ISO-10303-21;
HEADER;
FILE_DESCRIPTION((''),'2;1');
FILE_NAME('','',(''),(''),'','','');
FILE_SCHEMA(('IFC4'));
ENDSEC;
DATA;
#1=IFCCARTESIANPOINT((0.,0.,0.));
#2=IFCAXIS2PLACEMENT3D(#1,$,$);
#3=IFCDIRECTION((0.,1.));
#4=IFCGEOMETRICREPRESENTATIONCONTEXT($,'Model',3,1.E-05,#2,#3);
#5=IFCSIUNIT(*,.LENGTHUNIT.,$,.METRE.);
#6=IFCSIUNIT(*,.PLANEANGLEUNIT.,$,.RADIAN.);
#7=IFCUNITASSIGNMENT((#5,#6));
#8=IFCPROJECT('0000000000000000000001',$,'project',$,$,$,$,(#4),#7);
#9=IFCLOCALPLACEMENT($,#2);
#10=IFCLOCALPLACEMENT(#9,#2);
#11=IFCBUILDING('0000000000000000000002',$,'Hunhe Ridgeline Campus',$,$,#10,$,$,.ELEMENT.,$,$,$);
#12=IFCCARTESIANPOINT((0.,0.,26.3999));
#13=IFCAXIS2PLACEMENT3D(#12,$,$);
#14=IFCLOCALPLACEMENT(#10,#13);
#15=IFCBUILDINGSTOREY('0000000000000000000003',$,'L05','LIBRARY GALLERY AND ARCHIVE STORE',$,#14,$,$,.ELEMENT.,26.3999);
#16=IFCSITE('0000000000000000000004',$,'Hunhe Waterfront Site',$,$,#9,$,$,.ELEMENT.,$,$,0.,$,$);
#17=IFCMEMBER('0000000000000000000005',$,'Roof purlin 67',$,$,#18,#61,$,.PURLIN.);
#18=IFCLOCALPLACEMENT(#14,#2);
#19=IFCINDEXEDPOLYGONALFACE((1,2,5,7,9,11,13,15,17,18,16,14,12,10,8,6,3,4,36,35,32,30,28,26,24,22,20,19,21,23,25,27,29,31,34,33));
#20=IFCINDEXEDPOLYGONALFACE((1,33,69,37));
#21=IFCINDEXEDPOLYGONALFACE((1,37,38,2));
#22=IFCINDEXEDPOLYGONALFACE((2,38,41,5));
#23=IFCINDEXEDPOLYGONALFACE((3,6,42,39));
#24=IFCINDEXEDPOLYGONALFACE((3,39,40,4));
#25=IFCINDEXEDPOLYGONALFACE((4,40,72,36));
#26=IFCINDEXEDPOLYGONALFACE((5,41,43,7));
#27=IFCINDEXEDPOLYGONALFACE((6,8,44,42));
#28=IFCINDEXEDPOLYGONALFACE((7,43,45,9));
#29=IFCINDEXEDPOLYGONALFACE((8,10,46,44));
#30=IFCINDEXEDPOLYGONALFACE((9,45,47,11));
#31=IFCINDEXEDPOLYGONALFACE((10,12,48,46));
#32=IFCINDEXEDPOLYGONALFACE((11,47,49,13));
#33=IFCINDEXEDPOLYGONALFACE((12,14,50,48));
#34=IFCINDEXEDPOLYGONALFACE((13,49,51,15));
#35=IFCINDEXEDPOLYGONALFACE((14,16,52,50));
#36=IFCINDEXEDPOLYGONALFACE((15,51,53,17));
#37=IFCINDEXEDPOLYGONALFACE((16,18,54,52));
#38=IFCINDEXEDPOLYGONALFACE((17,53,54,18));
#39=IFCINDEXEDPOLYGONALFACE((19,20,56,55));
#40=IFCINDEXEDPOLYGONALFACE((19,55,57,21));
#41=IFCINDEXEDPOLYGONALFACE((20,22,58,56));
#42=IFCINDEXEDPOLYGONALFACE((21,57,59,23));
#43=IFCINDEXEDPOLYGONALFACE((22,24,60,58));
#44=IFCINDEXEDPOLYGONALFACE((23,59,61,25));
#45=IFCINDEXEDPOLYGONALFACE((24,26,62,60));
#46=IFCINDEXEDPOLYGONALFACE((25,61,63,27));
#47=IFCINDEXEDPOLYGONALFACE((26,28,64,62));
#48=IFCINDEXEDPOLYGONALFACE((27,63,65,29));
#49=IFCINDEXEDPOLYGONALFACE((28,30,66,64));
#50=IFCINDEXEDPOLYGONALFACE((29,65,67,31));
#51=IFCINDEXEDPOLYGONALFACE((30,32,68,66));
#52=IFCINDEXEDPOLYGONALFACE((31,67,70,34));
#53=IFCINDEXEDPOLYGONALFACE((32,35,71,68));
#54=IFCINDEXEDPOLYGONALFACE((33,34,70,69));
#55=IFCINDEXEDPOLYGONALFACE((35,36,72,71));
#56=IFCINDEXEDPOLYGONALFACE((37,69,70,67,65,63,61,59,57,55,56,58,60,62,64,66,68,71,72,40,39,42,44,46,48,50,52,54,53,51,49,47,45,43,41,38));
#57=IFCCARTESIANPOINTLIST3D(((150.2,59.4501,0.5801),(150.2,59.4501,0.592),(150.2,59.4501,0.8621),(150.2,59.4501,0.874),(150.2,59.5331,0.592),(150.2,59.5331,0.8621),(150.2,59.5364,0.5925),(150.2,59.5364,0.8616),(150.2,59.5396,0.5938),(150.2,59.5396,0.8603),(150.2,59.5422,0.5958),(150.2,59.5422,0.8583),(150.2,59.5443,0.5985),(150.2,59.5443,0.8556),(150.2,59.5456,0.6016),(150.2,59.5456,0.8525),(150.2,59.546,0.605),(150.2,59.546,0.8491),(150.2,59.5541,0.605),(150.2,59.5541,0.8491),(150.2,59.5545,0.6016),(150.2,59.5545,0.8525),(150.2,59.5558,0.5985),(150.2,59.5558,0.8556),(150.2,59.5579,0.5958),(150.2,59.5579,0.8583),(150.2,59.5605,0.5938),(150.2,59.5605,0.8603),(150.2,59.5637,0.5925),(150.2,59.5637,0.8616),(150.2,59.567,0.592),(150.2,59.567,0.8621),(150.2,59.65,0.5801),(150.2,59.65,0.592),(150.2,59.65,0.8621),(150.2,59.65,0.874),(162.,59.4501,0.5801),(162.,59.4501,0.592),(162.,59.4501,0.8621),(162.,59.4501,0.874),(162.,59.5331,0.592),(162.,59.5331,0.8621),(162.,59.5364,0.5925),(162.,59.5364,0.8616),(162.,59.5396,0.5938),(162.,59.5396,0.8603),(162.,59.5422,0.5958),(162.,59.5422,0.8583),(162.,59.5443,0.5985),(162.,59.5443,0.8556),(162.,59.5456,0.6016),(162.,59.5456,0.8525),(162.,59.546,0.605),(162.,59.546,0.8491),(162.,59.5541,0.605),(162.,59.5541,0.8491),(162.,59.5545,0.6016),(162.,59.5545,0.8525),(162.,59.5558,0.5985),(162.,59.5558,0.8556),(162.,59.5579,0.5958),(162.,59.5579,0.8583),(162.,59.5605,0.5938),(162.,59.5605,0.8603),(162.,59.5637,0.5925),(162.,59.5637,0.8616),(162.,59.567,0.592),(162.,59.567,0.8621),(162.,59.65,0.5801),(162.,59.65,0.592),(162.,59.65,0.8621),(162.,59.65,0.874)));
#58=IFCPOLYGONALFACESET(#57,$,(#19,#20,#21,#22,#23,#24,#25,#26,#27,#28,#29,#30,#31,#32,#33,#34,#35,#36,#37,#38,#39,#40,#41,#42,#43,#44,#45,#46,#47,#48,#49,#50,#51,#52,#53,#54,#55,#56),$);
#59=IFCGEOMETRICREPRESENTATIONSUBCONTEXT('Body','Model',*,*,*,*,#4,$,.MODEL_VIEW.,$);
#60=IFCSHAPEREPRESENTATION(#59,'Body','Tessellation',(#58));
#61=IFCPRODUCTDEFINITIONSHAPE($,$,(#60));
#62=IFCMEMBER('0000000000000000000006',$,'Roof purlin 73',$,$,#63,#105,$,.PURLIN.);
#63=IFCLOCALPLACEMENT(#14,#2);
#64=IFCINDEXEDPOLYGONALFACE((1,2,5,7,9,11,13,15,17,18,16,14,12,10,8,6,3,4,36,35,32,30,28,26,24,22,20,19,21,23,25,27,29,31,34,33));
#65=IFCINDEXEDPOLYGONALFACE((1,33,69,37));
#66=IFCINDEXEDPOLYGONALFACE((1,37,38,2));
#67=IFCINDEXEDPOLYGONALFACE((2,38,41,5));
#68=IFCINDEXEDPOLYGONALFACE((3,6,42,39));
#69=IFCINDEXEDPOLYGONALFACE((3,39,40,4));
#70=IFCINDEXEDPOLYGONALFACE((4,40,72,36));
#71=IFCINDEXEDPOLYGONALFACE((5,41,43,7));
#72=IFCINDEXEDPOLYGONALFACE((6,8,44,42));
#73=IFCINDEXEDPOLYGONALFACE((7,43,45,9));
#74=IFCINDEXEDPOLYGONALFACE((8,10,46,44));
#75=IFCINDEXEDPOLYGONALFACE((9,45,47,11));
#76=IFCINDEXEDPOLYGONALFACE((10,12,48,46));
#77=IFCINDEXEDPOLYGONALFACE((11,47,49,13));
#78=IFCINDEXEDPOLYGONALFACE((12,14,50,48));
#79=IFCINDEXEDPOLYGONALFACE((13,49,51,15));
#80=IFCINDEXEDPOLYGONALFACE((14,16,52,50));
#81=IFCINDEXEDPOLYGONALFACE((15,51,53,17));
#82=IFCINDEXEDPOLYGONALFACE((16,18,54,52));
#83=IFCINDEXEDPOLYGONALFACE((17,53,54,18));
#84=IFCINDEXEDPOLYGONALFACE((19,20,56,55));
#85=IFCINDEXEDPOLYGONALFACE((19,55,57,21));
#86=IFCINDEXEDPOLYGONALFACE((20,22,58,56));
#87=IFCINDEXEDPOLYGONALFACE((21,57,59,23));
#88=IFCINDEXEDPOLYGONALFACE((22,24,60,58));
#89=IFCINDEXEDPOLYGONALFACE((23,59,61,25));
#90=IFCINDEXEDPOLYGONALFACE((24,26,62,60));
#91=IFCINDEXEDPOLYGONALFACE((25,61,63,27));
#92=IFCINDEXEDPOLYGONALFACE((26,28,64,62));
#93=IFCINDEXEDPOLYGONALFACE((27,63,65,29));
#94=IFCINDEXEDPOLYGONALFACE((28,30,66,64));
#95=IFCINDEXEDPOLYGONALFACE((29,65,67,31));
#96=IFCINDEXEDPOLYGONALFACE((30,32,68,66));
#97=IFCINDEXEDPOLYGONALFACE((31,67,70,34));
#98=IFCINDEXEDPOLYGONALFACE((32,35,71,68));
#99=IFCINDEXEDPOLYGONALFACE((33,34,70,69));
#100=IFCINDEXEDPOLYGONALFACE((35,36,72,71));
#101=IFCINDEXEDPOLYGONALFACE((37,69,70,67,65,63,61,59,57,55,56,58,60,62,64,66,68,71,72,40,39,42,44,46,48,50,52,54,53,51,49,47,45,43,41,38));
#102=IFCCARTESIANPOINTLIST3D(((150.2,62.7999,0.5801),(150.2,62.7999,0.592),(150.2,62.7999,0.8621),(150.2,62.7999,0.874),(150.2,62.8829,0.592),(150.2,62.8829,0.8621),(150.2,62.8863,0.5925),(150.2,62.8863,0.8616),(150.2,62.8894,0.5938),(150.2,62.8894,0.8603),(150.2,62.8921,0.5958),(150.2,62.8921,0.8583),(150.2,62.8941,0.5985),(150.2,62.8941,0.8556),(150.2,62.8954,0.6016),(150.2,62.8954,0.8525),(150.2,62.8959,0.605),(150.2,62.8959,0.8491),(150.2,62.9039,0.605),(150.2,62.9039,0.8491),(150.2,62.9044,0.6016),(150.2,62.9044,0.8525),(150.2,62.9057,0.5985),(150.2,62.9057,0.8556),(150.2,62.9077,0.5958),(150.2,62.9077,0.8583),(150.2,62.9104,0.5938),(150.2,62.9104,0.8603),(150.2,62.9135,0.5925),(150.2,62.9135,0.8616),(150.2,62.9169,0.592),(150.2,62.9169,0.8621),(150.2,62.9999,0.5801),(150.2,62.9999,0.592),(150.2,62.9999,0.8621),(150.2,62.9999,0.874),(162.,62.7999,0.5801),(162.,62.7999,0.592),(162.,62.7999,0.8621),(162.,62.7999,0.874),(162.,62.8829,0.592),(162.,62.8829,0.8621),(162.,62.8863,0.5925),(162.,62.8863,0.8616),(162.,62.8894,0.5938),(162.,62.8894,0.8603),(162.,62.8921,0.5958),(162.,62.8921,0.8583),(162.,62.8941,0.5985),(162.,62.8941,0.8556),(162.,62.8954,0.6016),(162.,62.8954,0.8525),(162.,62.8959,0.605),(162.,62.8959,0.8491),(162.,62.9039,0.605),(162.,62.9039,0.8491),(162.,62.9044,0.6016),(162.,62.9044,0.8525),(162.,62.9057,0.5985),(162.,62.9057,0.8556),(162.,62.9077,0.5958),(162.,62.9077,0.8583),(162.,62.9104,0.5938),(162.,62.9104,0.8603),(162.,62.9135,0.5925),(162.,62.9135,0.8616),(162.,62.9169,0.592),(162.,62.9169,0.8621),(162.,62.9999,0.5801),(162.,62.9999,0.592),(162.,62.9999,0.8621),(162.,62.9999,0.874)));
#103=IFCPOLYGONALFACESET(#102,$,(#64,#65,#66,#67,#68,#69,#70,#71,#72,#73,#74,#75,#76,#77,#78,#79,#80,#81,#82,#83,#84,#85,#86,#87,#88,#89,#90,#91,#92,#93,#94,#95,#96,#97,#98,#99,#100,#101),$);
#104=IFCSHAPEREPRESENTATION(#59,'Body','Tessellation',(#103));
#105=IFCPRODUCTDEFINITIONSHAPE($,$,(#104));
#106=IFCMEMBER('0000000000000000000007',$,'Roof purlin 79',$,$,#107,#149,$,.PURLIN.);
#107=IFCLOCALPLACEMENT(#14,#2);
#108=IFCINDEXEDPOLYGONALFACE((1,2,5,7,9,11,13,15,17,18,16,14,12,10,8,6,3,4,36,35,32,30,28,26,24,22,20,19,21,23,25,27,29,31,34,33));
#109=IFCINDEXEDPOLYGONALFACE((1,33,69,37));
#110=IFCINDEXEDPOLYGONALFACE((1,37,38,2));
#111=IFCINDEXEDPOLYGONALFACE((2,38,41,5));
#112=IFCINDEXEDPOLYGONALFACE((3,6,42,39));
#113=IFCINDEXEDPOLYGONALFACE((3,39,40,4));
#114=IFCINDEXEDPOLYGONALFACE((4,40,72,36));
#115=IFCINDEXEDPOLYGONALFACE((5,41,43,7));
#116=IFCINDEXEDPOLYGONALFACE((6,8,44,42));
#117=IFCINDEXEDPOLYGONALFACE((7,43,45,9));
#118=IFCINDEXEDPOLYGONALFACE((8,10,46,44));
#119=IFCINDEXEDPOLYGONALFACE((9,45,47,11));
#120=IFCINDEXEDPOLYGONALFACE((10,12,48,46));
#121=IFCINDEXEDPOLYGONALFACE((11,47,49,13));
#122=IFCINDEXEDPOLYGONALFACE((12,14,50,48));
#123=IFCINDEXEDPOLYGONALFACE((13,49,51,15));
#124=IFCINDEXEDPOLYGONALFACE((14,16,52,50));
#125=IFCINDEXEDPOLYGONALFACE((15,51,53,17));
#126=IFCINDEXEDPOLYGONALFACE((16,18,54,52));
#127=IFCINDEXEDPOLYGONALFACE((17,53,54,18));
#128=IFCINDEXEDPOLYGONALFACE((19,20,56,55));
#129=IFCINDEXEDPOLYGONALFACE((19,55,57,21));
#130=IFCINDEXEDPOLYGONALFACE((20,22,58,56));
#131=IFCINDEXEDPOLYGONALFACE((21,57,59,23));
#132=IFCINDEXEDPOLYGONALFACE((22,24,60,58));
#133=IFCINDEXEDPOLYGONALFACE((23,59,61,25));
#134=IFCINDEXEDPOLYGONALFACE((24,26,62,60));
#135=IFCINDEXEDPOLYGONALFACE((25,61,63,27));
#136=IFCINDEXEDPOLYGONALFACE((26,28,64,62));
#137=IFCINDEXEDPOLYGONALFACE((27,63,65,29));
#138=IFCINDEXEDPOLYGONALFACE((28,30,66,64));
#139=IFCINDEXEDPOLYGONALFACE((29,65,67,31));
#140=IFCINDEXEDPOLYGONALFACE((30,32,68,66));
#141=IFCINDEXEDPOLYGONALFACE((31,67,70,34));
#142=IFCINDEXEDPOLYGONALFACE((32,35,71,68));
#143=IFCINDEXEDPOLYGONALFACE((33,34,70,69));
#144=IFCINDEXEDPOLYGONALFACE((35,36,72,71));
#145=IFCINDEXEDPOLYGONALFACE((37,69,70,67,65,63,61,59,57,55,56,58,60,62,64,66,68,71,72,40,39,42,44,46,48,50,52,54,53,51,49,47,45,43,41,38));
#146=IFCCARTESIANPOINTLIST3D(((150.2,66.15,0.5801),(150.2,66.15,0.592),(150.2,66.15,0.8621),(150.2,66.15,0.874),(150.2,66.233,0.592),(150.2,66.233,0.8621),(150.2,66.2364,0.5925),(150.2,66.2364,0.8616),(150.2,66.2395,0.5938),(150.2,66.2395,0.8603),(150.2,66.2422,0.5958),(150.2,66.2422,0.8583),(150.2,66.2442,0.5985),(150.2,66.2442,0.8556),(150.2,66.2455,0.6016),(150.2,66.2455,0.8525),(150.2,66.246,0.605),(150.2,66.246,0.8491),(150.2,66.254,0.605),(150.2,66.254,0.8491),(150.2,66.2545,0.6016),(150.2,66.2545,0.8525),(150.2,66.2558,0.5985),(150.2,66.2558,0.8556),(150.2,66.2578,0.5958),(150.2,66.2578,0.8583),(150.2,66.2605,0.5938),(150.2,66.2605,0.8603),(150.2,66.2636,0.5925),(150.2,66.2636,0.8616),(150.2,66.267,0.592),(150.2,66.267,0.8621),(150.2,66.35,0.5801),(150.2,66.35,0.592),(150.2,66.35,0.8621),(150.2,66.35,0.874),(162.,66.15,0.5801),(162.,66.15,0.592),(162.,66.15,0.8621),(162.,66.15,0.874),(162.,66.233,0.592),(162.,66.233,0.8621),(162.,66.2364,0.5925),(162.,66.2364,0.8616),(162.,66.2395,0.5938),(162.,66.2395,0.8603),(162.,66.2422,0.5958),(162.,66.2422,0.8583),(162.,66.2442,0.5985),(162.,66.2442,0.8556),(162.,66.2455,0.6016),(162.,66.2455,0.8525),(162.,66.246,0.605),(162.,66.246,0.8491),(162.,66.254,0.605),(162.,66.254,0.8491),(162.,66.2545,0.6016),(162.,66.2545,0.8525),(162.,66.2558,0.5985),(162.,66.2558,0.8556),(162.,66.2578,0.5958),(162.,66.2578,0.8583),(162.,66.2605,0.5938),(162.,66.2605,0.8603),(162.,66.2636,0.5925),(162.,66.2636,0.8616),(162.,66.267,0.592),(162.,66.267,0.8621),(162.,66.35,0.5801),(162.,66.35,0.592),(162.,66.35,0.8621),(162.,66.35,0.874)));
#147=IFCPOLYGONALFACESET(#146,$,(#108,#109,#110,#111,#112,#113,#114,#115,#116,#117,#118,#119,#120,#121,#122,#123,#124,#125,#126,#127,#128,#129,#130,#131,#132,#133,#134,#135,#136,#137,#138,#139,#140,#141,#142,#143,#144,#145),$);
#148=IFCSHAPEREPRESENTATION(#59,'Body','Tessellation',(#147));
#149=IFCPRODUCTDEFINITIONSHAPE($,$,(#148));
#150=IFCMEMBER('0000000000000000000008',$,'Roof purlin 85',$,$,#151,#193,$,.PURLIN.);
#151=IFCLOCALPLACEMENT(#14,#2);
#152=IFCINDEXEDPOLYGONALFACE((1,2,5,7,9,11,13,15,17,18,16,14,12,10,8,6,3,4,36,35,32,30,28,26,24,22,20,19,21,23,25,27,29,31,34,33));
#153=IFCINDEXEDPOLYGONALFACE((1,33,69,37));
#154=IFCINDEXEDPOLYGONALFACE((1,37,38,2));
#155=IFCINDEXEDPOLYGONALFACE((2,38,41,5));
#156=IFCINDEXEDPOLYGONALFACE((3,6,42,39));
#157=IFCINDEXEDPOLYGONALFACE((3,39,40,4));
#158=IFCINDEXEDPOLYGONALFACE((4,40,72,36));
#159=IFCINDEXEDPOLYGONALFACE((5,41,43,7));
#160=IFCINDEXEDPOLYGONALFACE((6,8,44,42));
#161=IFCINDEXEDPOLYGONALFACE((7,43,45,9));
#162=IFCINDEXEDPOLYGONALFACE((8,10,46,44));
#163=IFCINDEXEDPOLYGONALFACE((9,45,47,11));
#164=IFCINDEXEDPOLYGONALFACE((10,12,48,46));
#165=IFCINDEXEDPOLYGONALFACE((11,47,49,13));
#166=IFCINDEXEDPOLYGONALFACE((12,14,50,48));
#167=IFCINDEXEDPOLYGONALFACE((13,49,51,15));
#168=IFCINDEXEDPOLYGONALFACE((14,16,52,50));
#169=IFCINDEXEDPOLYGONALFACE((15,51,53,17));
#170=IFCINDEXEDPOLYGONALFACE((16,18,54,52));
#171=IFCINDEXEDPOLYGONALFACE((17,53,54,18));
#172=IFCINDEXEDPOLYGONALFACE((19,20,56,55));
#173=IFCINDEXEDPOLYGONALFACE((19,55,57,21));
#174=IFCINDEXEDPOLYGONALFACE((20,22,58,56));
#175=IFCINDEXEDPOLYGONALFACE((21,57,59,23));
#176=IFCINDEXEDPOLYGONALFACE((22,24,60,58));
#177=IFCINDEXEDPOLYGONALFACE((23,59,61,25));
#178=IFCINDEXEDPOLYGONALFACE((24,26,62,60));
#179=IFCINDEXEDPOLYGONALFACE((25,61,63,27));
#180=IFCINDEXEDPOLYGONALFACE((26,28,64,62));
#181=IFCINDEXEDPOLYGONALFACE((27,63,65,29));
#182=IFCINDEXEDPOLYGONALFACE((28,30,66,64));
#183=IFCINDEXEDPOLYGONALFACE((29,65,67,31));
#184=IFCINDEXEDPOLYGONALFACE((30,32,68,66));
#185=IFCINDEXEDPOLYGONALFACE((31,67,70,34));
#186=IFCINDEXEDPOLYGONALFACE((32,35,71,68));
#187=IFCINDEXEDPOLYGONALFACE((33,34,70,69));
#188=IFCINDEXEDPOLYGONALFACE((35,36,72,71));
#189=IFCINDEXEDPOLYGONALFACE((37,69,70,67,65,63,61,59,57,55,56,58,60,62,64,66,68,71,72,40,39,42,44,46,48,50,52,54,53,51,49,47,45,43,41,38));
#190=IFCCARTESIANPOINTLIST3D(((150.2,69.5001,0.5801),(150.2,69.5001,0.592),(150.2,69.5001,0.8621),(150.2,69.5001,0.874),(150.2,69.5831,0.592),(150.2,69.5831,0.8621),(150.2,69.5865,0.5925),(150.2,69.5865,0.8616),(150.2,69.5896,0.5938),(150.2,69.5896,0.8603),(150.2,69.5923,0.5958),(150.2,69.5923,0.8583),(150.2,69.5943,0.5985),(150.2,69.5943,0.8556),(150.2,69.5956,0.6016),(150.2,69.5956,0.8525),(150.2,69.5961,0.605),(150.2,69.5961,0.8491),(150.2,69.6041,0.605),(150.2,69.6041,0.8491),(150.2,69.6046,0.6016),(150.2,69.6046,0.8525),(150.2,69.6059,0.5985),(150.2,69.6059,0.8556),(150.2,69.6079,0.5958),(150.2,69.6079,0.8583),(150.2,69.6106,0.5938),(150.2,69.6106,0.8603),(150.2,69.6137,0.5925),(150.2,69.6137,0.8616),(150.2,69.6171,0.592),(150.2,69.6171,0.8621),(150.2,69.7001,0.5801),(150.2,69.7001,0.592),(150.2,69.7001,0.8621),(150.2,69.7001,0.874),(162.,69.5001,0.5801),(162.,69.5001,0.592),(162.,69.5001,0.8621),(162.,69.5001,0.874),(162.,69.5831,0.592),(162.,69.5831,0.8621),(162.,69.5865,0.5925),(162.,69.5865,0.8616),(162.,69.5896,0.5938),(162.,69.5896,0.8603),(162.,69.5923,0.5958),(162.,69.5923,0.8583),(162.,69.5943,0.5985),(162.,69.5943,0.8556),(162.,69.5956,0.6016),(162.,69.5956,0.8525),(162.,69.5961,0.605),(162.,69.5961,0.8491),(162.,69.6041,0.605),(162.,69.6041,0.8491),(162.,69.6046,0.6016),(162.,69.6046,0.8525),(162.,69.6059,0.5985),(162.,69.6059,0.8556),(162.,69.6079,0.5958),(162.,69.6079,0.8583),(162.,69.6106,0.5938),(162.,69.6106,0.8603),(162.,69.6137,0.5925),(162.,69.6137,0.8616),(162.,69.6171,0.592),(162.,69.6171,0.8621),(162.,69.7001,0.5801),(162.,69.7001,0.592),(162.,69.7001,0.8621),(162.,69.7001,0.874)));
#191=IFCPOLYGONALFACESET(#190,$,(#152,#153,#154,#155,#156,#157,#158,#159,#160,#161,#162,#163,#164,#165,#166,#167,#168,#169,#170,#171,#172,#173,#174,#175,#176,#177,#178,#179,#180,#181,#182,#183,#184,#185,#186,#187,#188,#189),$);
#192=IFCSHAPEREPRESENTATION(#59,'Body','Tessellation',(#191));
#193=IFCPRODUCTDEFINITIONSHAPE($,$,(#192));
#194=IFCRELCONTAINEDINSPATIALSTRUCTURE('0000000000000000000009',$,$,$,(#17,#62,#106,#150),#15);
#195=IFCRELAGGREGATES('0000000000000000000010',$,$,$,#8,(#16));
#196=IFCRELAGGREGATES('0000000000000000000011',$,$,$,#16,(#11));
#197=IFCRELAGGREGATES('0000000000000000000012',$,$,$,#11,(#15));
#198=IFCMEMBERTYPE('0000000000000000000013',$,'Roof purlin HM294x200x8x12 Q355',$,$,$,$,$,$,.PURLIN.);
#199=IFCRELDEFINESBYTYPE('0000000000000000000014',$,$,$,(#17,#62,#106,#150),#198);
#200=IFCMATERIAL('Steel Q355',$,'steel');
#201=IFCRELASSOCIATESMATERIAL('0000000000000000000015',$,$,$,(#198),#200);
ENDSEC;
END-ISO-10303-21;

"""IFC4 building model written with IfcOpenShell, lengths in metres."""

from ifc_helpers import new_model, si_unit, direction, frame, origin, origin_2d, place, context, subcontext, project, spatial, i_section, extrude, material, material_profile, profile_set, type_object, element, save


model = new_model("IFC4")

# Units and contexts
model_context = context("Model", 3, precision=1e-05, world=origin(), true_north=direction((0.0, 1.0)))
body_context = subcontext(model_context, "Body", "Model", "MODEL_VIEW")
ifc_project = project(units=[si_unit("LENGTHUNIT", "METRE"), si_unit("PLANEANGLEUNIT", "RADIAN")], contexts=[model_context])

# Site, building, storey
site_placement = place(None, origin())
site = spatial("IfcSite", under=ifc_project, at=site_placement, Name="Hunhe Waterfront Site", CompositionType="ELEMENT", RefElevation=0.0)
building_placement = place(site_placement, origin())
building = spatial("IfcBuilding", under=site, at=building_placement, Name="Hunhe Ridgeline Campus", CompositionType="ELEMENT")
storey_placement = place(building_placement, frame((0.0, 0.0, 26.3999)))
storey = spatial("IfcBuildingStorey", under=building, at=storey_placement, Name="L05", Description="LIBRARY GALLERY AND ARCHIVE STORE", CompositionType="ELEMENT", Elevation=26.3999)

# Members
ifc_material_1 = material(Name="Steel Q355", Category="steel")
ifc_material_profile_1 = material_profile(ifc_material_1, i_section(OverallWidth=0.2, OverallDepth=0.2939, WebThickness=0.0081, FlangeThickness=0.012, FilletRadius=0.0129, at=origin_2d()))
ifc_profile_set_1 = profile_set([ifc_material_profile_1], Name="Steel Q355")
member_type_1 = type_object("IfcMemberType", Name="Roof purlin HM294x200x8x12 Q355", PredefinedType="PURLIN", material=ifc_profile_set_1)
for number, where, z_axis, x_axis, name in (
    (1, (150.2, 59.55, 0.7271), (1.0, 0.0, 0.0), (0.0, 1.0, 0.0), "Roof purlin 67"),
    (2, (150.2, 62.8999, 0.7271), (1.0, 0.0, 0.0), (0.0, 1.0, 0.0), "Roof purlin 73"),
    (3, (150.2, 66.25, 0.7271), (1.0, 0.0, 0.0), (0.0, 1.0, 0.0), "Roof purlin 79"),
    (4, (150.2, 69.6001, 0.7271), (1.0, 0.0, 0.0), (0.0, 1.0, 0.0), "Roof purlin 85"),
):
    element("IfcMember", number, at=place(storey_placement, frame(where, z_axis=z_axis, x_axis=x_axis)), inside=storey, type_object=member_type_1, Name=name, PredefinedType="PURLIN", context=body_context, shape_type="SweptSolid", body=[
        extrude(i_section(OverallWidth=0.2, OverallDepth=0.2939, WebThickness=0.0081, FlangeThickness=0.012, FilletRadius=0.0129, at=origin_2d()), origin(), (0.0, 0.0, 1.0), 11.8),
    ])

save(model, "model.ifc")
